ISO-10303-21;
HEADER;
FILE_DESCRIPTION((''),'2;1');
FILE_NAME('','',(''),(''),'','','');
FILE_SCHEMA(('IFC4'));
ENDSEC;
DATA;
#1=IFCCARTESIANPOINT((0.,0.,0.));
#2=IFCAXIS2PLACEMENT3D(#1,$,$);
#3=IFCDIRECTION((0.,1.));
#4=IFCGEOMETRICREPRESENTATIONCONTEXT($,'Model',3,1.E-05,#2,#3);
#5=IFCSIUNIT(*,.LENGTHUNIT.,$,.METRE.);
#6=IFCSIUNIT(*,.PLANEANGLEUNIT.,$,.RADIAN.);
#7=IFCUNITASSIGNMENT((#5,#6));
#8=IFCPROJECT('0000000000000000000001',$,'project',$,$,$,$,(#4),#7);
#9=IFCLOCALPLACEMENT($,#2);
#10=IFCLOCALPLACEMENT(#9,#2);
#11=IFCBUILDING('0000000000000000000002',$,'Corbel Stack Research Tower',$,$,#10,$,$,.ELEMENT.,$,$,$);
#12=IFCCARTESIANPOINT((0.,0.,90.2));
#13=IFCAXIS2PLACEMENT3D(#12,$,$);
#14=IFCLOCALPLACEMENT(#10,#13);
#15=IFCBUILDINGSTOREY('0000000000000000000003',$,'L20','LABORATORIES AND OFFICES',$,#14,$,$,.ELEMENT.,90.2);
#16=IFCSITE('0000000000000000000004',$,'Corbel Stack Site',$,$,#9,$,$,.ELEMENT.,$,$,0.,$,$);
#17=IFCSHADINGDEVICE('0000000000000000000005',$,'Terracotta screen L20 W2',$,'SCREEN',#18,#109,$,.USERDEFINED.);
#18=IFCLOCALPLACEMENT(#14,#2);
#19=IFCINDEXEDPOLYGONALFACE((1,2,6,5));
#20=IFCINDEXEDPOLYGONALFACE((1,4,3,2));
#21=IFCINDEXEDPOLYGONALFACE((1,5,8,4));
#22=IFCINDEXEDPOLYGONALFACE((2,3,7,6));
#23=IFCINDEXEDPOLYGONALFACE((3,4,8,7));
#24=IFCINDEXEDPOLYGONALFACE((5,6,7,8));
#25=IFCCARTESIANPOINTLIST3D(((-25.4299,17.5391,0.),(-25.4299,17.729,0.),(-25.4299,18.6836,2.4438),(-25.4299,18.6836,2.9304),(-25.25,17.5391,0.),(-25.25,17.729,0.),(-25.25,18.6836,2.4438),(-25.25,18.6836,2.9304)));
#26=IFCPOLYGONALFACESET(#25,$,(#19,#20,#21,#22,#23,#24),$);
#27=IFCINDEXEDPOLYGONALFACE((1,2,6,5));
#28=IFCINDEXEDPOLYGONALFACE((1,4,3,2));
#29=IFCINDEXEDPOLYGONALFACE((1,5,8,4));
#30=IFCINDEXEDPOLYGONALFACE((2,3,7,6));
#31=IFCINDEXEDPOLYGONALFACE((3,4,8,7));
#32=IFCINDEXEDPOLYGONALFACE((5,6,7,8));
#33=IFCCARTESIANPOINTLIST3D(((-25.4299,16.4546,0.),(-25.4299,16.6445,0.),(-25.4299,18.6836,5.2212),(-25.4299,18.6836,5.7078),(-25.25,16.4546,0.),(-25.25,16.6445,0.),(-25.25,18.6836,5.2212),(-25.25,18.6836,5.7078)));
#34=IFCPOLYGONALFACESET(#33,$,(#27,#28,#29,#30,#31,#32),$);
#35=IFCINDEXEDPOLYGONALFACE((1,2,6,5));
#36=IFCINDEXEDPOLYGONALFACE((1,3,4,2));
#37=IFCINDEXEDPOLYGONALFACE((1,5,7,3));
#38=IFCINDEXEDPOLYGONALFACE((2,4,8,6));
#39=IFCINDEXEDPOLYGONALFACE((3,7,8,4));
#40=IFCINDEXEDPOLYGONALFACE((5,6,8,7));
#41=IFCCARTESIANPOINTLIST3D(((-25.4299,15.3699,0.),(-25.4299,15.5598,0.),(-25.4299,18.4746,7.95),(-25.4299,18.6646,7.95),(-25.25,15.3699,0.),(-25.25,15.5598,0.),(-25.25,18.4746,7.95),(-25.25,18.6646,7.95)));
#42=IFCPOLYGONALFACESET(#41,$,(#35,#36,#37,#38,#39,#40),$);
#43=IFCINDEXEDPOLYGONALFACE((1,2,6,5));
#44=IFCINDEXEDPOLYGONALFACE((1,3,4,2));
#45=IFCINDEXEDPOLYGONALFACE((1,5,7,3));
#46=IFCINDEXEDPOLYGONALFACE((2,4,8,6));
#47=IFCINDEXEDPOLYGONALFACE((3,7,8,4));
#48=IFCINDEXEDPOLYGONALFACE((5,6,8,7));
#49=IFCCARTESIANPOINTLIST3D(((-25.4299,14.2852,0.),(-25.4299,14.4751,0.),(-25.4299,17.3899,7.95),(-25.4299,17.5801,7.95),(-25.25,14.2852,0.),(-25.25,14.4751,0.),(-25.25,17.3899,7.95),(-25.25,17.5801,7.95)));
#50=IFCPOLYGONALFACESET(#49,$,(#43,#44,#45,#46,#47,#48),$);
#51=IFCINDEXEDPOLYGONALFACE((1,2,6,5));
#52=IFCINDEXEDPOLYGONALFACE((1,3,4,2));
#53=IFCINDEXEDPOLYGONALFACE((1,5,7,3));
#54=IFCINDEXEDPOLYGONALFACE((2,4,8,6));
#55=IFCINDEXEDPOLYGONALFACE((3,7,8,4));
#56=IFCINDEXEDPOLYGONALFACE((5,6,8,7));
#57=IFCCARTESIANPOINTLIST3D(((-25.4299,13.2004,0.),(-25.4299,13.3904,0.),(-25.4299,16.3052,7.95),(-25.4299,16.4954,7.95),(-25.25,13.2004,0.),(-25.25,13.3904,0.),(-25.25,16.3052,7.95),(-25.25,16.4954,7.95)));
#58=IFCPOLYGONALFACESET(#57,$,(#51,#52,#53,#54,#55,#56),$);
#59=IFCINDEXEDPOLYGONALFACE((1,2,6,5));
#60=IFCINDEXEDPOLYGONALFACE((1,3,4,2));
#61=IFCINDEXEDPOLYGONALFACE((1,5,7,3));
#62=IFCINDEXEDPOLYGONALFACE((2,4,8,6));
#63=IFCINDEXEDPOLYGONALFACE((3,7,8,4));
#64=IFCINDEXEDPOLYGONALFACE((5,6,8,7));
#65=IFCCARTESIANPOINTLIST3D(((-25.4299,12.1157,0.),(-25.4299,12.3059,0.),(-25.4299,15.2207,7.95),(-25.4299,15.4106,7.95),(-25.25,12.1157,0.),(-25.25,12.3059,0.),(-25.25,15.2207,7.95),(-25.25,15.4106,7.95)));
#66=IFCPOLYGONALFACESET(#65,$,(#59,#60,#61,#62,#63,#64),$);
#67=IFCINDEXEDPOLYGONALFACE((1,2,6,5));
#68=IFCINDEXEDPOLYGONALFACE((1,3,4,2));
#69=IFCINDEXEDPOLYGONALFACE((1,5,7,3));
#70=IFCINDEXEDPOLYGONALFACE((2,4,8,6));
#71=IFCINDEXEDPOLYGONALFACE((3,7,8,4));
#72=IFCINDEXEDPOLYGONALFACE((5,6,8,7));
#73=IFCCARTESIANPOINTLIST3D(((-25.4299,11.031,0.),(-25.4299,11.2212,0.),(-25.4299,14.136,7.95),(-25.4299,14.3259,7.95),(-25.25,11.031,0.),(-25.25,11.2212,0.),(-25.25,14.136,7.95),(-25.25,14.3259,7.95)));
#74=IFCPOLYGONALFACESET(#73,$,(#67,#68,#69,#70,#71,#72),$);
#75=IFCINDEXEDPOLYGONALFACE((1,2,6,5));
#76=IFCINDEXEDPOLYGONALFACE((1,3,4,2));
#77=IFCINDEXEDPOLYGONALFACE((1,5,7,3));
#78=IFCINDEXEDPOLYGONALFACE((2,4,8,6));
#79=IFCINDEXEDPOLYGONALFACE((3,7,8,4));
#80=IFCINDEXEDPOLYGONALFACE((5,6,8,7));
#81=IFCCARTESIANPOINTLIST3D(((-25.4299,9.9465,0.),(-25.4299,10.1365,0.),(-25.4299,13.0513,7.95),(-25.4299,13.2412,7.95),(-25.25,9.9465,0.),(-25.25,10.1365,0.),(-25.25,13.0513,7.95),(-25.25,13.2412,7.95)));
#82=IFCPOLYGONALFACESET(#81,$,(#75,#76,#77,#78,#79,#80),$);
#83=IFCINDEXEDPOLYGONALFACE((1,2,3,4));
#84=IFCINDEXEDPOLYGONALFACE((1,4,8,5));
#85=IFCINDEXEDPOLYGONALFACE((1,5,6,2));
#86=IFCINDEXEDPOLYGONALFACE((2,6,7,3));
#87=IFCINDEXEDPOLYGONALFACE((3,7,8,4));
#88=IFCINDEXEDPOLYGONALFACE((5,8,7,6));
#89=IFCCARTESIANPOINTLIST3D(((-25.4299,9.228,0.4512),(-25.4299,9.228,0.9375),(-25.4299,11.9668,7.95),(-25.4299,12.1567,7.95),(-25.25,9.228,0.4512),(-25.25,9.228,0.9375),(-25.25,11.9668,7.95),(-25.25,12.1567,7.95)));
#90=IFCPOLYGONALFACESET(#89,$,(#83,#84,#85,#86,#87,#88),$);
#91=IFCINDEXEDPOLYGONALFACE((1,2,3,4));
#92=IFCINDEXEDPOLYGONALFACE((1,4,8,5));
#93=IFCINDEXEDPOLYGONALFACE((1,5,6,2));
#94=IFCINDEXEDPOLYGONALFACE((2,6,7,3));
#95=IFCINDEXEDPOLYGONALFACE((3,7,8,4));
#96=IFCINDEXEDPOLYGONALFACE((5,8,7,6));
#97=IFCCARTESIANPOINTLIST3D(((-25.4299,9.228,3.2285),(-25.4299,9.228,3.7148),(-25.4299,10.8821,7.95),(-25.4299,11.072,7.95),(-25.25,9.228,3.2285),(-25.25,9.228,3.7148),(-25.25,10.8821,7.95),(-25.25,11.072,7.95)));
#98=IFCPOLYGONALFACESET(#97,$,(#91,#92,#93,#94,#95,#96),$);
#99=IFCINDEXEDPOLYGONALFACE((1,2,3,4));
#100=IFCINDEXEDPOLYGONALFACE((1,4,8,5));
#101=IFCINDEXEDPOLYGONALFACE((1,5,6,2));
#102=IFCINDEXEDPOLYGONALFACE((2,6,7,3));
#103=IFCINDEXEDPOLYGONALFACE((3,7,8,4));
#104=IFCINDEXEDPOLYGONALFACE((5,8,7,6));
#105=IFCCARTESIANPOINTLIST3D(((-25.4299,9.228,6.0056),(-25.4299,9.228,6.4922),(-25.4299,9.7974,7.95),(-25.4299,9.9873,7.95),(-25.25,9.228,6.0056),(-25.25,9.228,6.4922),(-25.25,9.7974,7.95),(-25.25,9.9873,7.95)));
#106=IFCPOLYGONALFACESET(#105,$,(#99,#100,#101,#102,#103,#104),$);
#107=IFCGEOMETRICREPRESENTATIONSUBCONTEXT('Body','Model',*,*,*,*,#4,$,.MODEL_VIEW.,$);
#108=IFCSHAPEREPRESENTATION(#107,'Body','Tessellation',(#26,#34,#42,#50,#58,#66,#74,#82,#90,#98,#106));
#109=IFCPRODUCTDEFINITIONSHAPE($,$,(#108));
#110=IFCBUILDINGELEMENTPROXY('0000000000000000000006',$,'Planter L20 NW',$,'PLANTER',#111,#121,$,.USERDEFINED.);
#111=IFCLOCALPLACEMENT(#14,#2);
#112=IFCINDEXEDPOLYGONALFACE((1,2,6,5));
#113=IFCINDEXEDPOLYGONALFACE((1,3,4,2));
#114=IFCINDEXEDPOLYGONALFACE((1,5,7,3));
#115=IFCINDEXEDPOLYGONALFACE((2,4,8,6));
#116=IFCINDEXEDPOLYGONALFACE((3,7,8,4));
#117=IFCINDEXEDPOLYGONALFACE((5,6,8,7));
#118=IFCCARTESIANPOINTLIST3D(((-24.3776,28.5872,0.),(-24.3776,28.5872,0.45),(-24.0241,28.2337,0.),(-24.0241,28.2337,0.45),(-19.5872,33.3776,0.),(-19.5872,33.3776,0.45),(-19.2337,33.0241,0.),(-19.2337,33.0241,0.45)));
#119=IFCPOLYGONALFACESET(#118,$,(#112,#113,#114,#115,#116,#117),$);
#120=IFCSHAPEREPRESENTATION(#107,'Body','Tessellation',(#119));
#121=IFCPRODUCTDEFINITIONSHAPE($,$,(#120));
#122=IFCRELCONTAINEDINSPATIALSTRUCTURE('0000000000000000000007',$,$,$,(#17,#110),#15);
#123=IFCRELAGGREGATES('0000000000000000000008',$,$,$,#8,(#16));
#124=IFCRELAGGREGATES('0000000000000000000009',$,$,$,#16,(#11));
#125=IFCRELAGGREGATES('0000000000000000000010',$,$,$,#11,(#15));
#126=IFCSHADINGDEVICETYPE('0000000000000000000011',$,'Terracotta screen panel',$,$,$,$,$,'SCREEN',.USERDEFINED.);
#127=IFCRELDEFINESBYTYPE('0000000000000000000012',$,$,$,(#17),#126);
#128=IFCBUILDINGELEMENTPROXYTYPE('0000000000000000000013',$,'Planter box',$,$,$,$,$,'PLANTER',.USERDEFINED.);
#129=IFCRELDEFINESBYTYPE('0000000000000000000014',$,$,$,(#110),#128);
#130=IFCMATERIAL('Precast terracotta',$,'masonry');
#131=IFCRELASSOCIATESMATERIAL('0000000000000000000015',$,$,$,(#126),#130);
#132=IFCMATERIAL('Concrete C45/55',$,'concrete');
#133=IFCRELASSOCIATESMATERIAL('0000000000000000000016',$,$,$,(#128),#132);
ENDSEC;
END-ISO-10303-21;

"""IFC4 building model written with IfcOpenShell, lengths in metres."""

from ifc_helpers import new_model, si_unit, direction, frame, origin, origin_2d, place, context, subcontext, project, spatial, polyline, rectangle, outline, extrude, source, transform, mapped, material, type_object, element, save


model = new_model("IFC4")

# Units and contexts
model_context = context("Model", 3, precision=1e-05, world=origin(), true_north=direction((0.0, 1.0)))
body_context = subcontext(model_context, "Body", "Model", "MODEL_VIEW")
ifc_project = project(units=[si_unit("LENGTHUNIT", "METRE"), si_unit("PLANEANGLEUNIT", "RADIAN")], contexts=[model_context])

# Site, building, storey
site_placement = place(None, origin())
site = spatial("IfcSite", under=ifc_project, at=site_placement, Name="Corbel Stack Site", CompositionType="ELEMENT", RefElevation=0.0)
building_placement = place(site_placement, origin())
building = spatial("IfcBuilding", under=site, at=building_placement, Name="Corbel Stack Research Tower", CompositionType="ELEMENT")
storey_placement = place(building_placement, frame((0.0, 0.0, 90.2)))
storey = spatial("IfcBuildingStorey", under=building, at=storey_placement, Name="L20", Description="LABORATORIES AND OFFICES", CompositionType="ELEMENT", Elevation=90.2)

# Shading device
ifc_material_1 = material(Name="Precast terracotta", Category="masonry")
shading_device_type = type_object("IfcShadingDeviceType", Name="Terracotta screen panel", ElementType="SCREEN", PredefinedType="USERDEFINED", material=ifc_material_1)
shared_shape_1 = source(origin(), body_context, "Body", "SweptSolid", [
    extrude(outline(polyline([(1.1445, 0.0), (0.0, 2.9304), (0.0, 2.4438), (0.9546, 0.0), (1.1445, 0.0)])), frame((0.0, 0.0, 0.0), z_axis=(0.0, -1.0, 0.0), x_axis=(1.0, 0.0, 0.0)), (0.0, 0.0, 1.0), 0.1799),
    extrude(outline(polyline([(2.229, 0.0), (0.0, 5.7078), (0.0, 5.2212), (2.0391, 0.0), (2.229, 0.0)])), frame((0.0, 0.0, 0.0), z_axis=(0.0, -1.0, 0.0), x_axis=(1.0, 0.0, 0.0)), (0.0, 0.0, 1.0), 0.1799),
    extrude(outline(polyline([(3.3137, 0.0), (0.209, 7.95), (0.019, 7.95), (3.1238, 0.0), (3.3137, 0.0)])), frame((0.0, 0.0, 0.0), z_axis=(0.0, -1.0, 0.0), x_axis=(1.0, 0.0, 0.0)), (0.0, 0.0, 1.0), 0.1799),
    extrude(outline(polyline([(4.3984, 0.0), (1.2937, 7.95), (1.1035, 7.95), (4.2085, 0.0), (4.3984, 0.0)])), frame((0.0, 0.0, 0.0), z_axis=(0.0, -1.0, 0.0), x_axis=(1.0, 0.0, 0.0)), (0.0, 0.0, 1.0), 0.1799),
    extrude(outline(polyline([(5.4832, 0.0), (2.3784, 7.95), (2.1882, 7.95), (5.2932, 0.0), (5.4832, 0.0)])), frame((0.0, 0.0, 0.0), z_axis=(0.0, -1.0, 0.0), x_axis=(1.0, 0.0, 0.0)), (0.0, 0.0, 1.0), 0.1799),
    extrude(outline(polyline([(6.5679, 0.0), (3.4629, 7.95), (3.2729, 7.95), (6.3777, 0.0), (6.5679, 0.0)])), frame((0.0, 0.0, 0.0), z_axis=(0.0, -1.0, 0.0), x_axis=(1.0, 0.0, 0.0)), (0.0, 0.0, 1.0), 0.1799),
    extrude(outline(polyline([(7.6526, 0.0), (4.5476, 7.95), (4.3577, 7.95), (7.4624, 0.0), (7.6526, 0.0)])), frame((0.0, 0.0, 0.0), z_axis=(0.0, -1.0, 0.0), x_axis=(1.0, 0.0, 0.0)), (0.0, 0.0, 1.0), 0.1799),
    extrude(outline(polyline([(8.7371, 0.0), (5.6323, 7.95), (5.4424, 7.95), (8.5471, 0.0), (8.7371, 0.0)])), frame((0.0, 0.0, 0.0), z_axis=(0.0, -1.0, 0.0), x_axis=(1.0, 0.0, 0.0)), (0.0, 0.0, 1.0), 0.1799),
    extrude(outline(polyline([(6.7168, 7.95), (6.5269, 7.95), (9.4556, 0.4512), (9.4556, 0.9375), (6.7168, 7.95)])), frame((0.0, 0.0, 0.0), z_axis=(0.0, -1.0, 0.0), x_axis=(1.0, 0.0, 0.0)), (0.0, 0.0, 1.0), 0.1799),
    extrude(outline(polyline([(7.8015, 7.95), (7.6116, 7.95), (9.4556, 3.2285), (9.4556, 3.7148), (7.8015, 7.95)])), frame((0.0, 0.0, 0.0), z_axis=(0.0, -1.0, 0.0), x_axis=(1.0, 0.0, 0.0)), (0.0, 0.0, 1.0), 0.1799),
    extrude(outline(polyline([(8.8862, 7.95), (8.6963, 7.95), (9.4556, 6.0056), (9.4556, 6.4922), (8.8862, 7.95)])), frame((0.0, 0.0, 0.0), z_axis=(0.0, -1.0, 0.0), x_axis=(1.0, 0.0, 0.0)), (0.0, 0.0, 1.0), 0.1799),
])
shading_device_1_placement = place(storey_placement, frame((-25.25, 18.6836, 0.0), z_axis=(0.0, 0.0, 1.0), x_axis=(0.0, -1.0, 0.0)))
element("IfcShadingDevice", 1, at=shading_device_1_placement, inside=storey, type_object=shading_device_type, Name="Terracotta screen L20 W2", ObjectType="SCREEN", PredefinedType="USERDEFINED", context=body_context, shape_type="MappedRepresentation", body=[
    mapped(shared_shape_1, transform((0.0, 0.0, 0.0))),
])

# Building element proxy
ifc_material_2 = material(Name="Concrete C45/55", Category="concrete")
building_element_proxy_type = type_object("IfcBuildingElementProxyType", Name="Planter box", ElementType="PLANTER", PredefinedType="USERDEFINED", material=ifc_material_2)
proxy_placement = place(storey_placement, frame((-21.8057, 30.8057, 0.0), z_axis=(0.0, 0.0, 1.0), x_axis=(-0.707107, -0.707107, 0.0)))
element("IfcBuildingElementProxy", 2, at=proxy_placement, inside=storey, type_object=building_element_proxy_type, Name="Planter L20 NW", ObjectType="PLANTER", PredefinedType="USERDEFINED", context=body_context, shape_type="SweptSolid", body=[
    extrude(rectangle(XDim=6.7747, YDim=0.5, at=origin_2d()), origin(), (0.0, 0.0, 1.0), 0.45),
])

save(model, "model.ifc")
